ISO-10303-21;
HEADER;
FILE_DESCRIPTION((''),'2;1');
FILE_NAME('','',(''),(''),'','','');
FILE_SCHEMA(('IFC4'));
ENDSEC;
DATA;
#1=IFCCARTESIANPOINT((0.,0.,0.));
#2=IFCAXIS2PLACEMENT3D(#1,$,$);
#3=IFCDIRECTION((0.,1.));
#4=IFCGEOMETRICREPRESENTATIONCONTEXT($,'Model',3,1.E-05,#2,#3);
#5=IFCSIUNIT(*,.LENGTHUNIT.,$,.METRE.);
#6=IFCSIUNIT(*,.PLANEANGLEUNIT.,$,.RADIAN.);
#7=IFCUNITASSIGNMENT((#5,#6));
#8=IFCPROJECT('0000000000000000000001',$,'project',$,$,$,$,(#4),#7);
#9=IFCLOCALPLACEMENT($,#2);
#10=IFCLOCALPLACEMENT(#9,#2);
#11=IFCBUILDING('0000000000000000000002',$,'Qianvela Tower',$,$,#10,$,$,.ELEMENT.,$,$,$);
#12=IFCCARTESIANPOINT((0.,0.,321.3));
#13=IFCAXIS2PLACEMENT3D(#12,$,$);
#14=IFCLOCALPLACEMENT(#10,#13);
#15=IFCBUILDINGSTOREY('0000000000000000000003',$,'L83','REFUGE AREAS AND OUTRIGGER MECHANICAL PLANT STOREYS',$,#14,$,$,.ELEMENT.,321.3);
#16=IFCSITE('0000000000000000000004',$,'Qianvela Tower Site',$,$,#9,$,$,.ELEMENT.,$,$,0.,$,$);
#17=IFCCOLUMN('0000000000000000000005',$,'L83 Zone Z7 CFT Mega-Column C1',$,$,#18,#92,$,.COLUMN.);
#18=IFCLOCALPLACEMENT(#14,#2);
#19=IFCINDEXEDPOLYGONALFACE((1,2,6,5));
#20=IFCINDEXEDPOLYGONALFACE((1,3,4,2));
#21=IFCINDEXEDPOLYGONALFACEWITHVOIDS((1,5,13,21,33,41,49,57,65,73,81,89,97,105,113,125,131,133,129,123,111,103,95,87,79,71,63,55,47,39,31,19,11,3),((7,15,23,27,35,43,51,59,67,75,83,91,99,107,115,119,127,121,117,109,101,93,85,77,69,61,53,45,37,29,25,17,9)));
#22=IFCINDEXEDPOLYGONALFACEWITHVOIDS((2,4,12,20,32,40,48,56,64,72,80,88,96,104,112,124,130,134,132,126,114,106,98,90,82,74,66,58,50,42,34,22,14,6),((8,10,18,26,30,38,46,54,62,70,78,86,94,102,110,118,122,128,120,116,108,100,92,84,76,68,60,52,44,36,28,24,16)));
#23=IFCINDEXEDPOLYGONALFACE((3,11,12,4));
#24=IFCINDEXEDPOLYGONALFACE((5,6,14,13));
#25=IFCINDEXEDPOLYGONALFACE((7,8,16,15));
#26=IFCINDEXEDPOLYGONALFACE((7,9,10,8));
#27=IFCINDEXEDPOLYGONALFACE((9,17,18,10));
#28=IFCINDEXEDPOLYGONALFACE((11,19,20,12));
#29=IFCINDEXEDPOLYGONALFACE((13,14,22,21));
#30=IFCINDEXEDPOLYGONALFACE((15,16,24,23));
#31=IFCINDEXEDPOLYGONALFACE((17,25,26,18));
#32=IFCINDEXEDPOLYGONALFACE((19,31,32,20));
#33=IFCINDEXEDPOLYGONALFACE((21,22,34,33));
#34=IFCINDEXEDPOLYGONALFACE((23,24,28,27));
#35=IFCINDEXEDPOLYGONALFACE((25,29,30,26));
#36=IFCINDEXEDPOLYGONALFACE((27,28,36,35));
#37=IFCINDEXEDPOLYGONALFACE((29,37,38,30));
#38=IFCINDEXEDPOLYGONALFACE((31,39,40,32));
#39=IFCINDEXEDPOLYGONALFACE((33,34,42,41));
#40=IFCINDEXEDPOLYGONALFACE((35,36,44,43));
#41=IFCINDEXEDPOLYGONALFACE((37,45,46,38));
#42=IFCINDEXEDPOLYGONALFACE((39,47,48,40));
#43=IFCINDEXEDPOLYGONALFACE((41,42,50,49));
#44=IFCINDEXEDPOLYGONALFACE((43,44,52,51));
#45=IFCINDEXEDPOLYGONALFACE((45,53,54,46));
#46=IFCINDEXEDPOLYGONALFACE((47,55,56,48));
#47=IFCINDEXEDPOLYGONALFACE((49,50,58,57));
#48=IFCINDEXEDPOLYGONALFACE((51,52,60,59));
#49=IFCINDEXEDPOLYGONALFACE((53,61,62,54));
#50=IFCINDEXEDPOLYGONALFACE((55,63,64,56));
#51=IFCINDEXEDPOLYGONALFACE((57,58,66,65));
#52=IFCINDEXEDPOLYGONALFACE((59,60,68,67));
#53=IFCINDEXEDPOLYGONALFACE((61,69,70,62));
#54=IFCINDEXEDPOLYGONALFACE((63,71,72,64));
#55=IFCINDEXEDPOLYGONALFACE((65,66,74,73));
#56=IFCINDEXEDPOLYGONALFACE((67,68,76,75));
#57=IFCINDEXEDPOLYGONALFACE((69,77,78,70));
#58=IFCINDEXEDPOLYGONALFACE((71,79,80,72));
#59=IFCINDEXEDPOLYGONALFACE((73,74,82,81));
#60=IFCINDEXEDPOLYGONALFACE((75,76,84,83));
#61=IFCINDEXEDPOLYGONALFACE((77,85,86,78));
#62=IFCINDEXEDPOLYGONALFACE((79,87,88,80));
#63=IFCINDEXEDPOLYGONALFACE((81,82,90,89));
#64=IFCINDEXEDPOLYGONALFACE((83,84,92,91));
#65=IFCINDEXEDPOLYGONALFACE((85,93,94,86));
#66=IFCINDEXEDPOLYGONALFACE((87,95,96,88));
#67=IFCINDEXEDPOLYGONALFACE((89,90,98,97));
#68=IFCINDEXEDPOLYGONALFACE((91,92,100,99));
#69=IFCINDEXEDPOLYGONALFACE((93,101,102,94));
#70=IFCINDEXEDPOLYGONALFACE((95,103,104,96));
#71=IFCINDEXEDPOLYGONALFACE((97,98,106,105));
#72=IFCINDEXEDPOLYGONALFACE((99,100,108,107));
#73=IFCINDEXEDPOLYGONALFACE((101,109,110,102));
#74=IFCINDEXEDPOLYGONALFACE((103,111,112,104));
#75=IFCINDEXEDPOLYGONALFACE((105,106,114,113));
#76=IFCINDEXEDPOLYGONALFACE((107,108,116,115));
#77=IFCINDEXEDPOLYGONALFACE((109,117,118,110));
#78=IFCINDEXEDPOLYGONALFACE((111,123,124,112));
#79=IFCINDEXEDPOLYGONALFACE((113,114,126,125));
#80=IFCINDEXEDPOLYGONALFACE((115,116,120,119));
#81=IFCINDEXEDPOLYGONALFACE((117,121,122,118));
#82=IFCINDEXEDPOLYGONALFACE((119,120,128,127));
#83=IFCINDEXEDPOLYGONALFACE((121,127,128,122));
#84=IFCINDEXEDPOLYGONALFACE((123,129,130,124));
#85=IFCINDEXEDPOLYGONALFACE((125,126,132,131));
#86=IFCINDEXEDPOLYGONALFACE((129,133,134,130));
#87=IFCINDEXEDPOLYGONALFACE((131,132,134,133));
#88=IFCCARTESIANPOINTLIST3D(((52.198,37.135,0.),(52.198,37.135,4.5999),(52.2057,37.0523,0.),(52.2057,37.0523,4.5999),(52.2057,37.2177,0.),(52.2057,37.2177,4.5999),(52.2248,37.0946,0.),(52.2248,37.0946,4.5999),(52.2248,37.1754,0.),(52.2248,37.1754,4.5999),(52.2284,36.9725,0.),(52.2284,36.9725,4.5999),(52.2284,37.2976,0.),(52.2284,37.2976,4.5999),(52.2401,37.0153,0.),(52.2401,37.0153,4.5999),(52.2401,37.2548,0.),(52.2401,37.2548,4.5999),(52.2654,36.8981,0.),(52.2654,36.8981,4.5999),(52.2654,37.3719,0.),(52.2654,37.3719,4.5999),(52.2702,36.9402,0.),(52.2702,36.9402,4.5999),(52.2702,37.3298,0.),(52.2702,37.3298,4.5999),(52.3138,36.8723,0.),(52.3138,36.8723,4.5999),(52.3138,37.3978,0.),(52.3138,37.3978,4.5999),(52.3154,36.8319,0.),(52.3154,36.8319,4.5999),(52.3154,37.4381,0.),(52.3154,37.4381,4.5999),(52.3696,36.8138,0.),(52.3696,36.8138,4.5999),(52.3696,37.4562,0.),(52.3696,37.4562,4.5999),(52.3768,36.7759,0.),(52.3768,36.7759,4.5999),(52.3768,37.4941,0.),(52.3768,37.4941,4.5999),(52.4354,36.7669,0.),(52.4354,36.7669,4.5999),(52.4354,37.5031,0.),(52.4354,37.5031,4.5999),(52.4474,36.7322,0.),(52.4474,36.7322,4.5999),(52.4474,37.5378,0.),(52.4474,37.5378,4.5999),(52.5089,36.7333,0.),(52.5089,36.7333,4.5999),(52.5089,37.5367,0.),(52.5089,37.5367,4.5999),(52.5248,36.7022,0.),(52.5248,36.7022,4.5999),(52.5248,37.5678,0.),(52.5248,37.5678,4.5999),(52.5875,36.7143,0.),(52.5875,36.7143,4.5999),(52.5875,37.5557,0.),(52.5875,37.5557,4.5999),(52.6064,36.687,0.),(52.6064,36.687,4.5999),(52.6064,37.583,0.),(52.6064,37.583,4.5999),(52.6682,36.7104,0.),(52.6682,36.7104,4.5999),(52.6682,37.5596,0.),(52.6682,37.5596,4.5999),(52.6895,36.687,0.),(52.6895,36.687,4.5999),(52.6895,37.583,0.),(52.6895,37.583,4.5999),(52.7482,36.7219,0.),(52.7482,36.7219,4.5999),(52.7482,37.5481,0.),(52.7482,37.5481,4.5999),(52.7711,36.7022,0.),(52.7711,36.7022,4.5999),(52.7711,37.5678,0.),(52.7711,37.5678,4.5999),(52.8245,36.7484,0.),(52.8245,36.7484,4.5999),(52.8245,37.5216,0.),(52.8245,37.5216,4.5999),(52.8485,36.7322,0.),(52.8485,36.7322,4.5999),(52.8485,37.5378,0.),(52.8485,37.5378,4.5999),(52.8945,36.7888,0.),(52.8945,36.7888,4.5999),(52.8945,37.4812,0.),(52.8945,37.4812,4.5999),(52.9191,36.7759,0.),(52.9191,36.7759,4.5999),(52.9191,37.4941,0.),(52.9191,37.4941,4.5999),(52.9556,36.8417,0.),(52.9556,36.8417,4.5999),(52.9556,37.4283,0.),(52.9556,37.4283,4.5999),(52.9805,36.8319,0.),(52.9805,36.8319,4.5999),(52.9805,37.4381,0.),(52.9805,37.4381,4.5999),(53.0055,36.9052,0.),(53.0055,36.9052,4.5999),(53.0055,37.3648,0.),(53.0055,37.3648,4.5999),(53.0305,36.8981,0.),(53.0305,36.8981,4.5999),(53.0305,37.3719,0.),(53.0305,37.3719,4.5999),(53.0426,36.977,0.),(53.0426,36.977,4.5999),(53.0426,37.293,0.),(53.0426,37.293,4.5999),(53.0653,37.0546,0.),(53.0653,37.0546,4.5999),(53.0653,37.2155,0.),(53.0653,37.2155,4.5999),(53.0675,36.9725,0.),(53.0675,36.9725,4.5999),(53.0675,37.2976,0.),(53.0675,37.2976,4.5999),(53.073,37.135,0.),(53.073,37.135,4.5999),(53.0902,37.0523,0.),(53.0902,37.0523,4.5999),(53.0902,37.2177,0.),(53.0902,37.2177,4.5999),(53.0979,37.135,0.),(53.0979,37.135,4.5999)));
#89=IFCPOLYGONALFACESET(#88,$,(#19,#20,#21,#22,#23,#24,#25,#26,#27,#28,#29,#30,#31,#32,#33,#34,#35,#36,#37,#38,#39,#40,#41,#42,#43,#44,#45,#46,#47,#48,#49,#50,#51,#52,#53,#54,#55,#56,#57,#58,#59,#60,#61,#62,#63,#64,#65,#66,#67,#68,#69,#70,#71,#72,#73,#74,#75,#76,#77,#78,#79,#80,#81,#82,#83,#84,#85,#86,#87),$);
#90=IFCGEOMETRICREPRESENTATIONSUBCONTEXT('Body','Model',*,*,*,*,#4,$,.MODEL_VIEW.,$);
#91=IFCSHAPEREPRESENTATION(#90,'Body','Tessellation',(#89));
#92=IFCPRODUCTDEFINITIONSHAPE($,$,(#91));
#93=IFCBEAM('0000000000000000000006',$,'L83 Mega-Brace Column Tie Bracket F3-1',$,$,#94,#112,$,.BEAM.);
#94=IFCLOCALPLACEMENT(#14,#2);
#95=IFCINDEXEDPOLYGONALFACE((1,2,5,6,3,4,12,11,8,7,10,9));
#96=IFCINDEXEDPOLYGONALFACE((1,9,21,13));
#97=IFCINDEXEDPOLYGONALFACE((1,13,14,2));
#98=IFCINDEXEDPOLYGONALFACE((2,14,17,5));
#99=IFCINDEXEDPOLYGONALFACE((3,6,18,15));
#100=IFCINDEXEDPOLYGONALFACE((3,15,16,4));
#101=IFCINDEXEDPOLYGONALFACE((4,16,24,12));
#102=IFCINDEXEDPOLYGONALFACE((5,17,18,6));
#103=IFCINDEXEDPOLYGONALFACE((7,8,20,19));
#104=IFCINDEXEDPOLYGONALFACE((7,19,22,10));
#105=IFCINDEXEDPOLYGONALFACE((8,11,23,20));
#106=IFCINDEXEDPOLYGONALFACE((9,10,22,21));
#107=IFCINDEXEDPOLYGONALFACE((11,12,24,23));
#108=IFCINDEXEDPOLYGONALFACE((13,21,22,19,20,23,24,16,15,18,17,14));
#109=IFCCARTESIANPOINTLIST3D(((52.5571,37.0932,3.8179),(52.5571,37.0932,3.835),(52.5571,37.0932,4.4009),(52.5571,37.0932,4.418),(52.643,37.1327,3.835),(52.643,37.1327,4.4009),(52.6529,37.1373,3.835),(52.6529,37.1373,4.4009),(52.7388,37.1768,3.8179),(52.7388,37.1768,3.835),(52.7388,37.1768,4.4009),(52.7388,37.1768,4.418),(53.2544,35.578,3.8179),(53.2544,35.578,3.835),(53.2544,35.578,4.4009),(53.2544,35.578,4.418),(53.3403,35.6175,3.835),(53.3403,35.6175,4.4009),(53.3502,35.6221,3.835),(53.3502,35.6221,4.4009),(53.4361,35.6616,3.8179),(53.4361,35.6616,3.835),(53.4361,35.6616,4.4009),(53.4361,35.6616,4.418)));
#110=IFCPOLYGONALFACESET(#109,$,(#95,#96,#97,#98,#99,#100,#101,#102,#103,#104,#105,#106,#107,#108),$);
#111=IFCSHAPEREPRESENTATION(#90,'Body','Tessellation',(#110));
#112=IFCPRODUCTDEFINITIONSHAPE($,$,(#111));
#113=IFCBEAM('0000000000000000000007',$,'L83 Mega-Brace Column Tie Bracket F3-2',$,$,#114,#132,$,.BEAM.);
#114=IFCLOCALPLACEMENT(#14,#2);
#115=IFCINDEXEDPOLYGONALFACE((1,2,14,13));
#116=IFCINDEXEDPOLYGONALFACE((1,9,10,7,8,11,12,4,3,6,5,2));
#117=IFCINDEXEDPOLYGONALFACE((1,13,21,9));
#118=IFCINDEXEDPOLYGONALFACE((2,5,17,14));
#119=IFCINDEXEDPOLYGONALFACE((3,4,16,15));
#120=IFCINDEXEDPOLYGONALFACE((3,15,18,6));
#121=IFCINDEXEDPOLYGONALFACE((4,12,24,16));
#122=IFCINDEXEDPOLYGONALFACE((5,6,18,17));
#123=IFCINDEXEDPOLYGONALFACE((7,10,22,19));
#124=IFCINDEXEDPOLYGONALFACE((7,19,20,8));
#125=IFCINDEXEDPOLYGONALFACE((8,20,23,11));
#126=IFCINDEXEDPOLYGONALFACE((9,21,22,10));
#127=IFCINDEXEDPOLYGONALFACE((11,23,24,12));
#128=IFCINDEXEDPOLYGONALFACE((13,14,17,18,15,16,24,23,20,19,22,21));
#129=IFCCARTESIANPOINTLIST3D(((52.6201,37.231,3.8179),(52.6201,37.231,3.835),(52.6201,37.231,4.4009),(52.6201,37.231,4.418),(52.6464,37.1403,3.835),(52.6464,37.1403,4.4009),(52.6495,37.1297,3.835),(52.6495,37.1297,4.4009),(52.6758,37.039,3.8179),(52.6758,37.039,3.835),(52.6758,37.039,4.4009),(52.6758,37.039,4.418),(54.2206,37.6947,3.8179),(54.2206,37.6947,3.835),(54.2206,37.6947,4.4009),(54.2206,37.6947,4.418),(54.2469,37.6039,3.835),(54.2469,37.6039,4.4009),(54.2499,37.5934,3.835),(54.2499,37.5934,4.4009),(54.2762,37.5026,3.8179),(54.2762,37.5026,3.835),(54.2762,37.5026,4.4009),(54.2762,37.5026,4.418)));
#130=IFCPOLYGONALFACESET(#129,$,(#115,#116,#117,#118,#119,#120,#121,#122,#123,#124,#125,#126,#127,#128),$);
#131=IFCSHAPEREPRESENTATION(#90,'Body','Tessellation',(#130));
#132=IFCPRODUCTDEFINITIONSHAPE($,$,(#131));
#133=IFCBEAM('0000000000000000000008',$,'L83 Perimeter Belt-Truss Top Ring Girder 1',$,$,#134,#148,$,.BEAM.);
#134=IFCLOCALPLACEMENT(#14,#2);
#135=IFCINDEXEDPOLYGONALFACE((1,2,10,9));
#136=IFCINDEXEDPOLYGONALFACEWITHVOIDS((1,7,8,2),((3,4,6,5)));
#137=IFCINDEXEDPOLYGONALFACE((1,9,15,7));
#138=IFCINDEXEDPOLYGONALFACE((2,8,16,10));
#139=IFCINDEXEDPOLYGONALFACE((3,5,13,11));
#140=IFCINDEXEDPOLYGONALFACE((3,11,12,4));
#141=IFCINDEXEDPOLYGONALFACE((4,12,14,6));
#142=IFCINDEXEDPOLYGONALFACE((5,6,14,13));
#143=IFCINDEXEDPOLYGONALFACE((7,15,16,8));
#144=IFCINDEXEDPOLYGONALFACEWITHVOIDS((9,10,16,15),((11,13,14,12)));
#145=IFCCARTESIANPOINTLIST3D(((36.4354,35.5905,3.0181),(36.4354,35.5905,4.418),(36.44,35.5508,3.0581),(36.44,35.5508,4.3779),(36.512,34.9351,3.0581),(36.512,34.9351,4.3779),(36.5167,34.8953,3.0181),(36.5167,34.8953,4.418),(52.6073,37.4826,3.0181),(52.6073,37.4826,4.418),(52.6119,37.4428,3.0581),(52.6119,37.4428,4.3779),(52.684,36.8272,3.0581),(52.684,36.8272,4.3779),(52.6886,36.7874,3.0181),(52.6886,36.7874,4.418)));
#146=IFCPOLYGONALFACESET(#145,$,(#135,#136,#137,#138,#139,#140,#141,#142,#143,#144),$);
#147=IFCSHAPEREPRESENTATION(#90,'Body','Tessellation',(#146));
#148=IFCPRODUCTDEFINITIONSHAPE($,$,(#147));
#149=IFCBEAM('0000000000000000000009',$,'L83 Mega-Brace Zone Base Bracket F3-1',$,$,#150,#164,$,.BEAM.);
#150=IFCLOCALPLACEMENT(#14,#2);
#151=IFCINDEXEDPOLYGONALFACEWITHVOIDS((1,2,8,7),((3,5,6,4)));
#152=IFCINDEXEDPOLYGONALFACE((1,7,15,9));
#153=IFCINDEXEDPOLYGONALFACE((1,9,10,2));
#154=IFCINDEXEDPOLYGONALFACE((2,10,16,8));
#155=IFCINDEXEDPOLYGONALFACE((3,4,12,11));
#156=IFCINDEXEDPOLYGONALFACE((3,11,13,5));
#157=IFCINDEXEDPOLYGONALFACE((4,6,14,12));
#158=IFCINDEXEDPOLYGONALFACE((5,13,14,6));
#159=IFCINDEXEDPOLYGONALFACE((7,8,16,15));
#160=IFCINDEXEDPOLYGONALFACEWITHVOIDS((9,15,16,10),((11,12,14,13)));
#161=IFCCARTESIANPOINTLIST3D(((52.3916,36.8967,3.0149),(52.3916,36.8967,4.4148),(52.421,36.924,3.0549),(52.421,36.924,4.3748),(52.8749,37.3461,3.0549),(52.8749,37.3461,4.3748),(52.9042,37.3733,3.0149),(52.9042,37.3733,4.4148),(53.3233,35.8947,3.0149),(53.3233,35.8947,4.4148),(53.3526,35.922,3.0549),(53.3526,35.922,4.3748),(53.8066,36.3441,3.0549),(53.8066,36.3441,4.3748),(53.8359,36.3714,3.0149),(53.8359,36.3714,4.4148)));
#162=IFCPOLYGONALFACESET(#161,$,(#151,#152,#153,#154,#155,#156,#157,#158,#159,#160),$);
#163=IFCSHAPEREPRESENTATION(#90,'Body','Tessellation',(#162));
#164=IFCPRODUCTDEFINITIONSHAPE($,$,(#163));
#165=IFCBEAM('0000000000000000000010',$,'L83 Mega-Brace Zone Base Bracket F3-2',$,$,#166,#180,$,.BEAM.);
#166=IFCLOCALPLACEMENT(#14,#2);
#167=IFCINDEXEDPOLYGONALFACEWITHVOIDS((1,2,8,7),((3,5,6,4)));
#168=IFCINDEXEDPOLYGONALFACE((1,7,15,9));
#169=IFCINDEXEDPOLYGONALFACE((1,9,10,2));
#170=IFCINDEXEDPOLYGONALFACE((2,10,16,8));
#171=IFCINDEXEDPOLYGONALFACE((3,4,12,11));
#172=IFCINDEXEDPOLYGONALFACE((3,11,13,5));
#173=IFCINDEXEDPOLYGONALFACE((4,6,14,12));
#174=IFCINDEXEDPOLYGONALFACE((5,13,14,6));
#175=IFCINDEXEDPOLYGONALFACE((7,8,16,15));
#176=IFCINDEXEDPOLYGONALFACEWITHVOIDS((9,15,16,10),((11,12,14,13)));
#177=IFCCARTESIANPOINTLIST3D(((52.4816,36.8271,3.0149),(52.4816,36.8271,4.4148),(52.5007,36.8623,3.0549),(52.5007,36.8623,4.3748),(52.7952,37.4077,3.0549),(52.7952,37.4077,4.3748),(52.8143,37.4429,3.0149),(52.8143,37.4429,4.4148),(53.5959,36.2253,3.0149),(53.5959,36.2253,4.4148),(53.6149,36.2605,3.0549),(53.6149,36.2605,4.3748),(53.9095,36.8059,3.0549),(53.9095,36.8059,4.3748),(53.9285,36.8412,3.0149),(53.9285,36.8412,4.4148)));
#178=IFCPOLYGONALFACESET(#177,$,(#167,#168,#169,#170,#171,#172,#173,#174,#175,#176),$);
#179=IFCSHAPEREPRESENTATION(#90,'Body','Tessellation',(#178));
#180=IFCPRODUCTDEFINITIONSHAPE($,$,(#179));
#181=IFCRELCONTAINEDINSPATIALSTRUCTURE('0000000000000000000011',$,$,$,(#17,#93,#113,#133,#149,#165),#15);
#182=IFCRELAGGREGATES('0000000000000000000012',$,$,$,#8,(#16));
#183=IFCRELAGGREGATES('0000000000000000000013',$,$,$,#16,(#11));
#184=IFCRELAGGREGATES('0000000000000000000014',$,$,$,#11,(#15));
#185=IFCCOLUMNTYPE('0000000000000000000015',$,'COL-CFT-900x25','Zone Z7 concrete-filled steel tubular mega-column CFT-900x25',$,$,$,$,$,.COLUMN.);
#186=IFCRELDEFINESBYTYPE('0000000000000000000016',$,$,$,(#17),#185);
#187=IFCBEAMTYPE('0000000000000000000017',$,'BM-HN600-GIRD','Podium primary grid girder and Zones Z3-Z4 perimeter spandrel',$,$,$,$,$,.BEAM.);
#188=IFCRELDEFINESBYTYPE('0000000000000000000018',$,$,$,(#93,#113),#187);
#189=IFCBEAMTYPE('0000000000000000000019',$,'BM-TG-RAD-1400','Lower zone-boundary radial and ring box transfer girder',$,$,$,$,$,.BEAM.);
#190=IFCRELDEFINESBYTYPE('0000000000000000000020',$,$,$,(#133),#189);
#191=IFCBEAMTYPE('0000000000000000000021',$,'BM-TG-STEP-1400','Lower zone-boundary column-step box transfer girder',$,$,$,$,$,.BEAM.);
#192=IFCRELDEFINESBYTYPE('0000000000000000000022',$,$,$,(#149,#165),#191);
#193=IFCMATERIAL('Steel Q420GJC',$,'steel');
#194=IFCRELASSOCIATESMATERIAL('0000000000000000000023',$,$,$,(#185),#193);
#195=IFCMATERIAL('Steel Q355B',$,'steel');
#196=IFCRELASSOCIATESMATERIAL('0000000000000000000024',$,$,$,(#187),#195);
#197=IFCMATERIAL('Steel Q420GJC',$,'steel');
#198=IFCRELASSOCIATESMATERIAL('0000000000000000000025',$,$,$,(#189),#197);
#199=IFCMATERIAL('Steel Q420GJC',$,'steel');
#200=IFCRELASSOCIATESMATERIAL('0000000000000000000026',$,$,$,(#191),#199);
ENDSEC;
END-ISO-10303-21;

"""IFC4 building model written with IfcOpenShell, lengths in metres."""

from ifc_helpers import new_model, si_unit, direction, frame, origin, origin_2d, place, context, subcontext, project, spatial, hollow_rectangle, hollow_circle, i_section, extrude, material, material_profile, profile_set, type_object, element, save


model = new_model("IFC4")

# Units and contexts
model_context = context("Model", 3, precision=1e-05, world=origin(), true_north=direction((0.0, 1.0)))
body_context = subcontext(model_context, "Body", "Model", "MODEL_VIEW")
ifc_project = project(units=[si_unit("LENGTHUNIT", "METRE"), si_unit("PLANEANGLEUNIT", "RADIAN")], contexts=[model_context])

# Site, building, storey
site_placement = place(None, origin())
site = spatial("IfcSite", under=ifc_project, at=site_placement, Name="Qianvela Tower Site", CompositionType="ELEMENT", RefElevation=0.0)
building_placement = place(site_placement, origin())
building = spatial("IfcBuilding", under=site, at=building_placement, Name="Qianvela Tower", CompositionType="ELEMENT")
storey_placement = place(building_placement, frame((0.0, 0.0, 321.3)))
storey = spatial("IfcBuildingStorey", under=building, at=storey_placement, Name="L83", Description="REFUGE AREAS AND OUTRIGGER MECHANICAL PLANT STOREYS", CompositionType="ELEMENT", Elevation=321.3)

# Column
ifc_material_1 = material(Name="Steel Q420GJC", Category="steel")
ifc_material_profile_1 = material_profile(ifc_material_1, hollow_circle(Radius=0.45, WallThickness=0.0249, at=origin_2d()), Name="CFT-900x25")
ifc_profile_set_1 = profile_set([ifc_material_profile_1], Name="Steel Q420GJC")
column_type = type_object("IfcColumnType", Name="COL-CFT-900x25", Description="Zone Z7 concrete-filled steel tubular mega-column CFT-900x25", PredefinedType="COLUMN", material=ifc_profile_set_1)
column_placement = place(storey_placement, frame((52.6479, 37.135, 0.0), z_axis=(0.0, 0.0, 1.0), x_axis=(1.0, 0.0, 0.0)))
element("IfcColumn", 1, at=column_placement, inside=storey, type_object=column_type, Name="L83 Zone Z7 CFT Mega-Column C1", PredefinedType="COLUMN", context=body_context, shape_type="SweptSolid", body=[
    extrude(hollow_circle(Radius=0.45, WallThickness=0.0249, at=origin_2d()), origin(), (0.0, 0.0, 1.0), 4.5999),
])

# Beams
ifc_material_2 = material(Name="Steel Q355B", Category="steel")
ifc_material_profile_2 = material_profile(ifc_material_2, i_section(OverallWidth=0.2, OverallDepth=0.6001, WebThickness=0.011, FlangeThickness=0.0171, at=origin_2d()), Name="HN600x200x11x17")
ifc_profile_set_2 = profile_set([ifc_material_profile_2], Name="Steel Q355B")
beam_type_1 = type_object("IfcBeamType", Name="BM-HN600-GIRD", Description="Podium primary grid girder and Zones Z3-Z4 perimeter spandrel", PredefinedType="BEAM", material=ifc_profile_set_2)
beam_1_placement = place(storey_placement, frame((52.6479, 37.135, 4.1179), z_axis=(0.418055, -0.908422, 0.0), x_axis=(0.908422, 0.418055, 0.0)))
element("IfcBeam", 2, at=beam_1_placement, inside=storey, type_object=beam_type_1, Name="L83 Mega-Brace Column Tie Bracket F3-1", PredefinedType="BEAM", context=body_context, shape_type="SweptSolid", body=[
    extrude(i_section(OverallWidth=0.2, OverallDepth=0.6001, WebThickness=0.011, FlangeThickness=0.0171, at=origin_2d()), origin(), (0.0, 0.0, 1.0), 1.668),
])
beam_2_placement = place(storey_placement, frame((52.6479, 37.135, 4.1179), z_axis=(0.960506, 0.278261, 0.0), x_axis=(-0.278261, 0.960506, 0.0)))
element("IfcBeam", 3, at=beam_2_placement, inside=storey, type_object=beam_type_1, Name="L83 Mega-Brace Column Tie Bracket F3-2", PredefinedType="BEAM", context=body_context, shape_type="SweptSolid", body=[
    extrude(i_section(OverallWidth=0.2, OverallDepth=0.6001, WebThickness=0.011, FlangeThickness=0.0171, at=origin_2d()), origin(), (0.0, 0.0, 1.0), 1.6663),
])
ifc_material_3 = material(Name="Steel Q420GJC", Category="steel")
ifc_material_profile_3 = material_profile(ifc_material_3, hollow_rectangle(XDim=0.7, YDim=1.3999, WallThickness=0.04, at=origin_2d()), Name="TG-BOX-1400x700x40")
ifc_profile_set_3 = profile_set([ifc_material_profile_3], Name="Steel Q420GJC")
beam_type_2 = type_object("IfcBeamType", Name="BM-TG-RAD-1400", Description="Lower zone-boundary radial and ring box transfer girder", PredefinedType="BEAM", material=ifc_profile_set_3)
beam_3_placement = place(storey_placement, frame((52.6479, 37.135, 3.718), z_axis=(-0.993225, -0.116206, 0.0), x_axis=(0.116206, -0.993225, 0.0)))
element("IfcBeam", 4, at=beam_3_placement, inside=storey, type_object=beam_type_2, Name="L83 Perimeter Belt-Truss Top Ring Girder 1", PredefinedType="BEAM", context=body_context, shape_type="SweptSolid", body=[
    extrude(hollow_rectangle(XDim=0.7, YDim=1.3999, WallThickness=0.04, at=origin_2d()), origin(), (0.0, 0.0, 1.0), 16.2822),
])
ifc_material_4 = material(Name="Steel Q420GJC", Category="steel")
ifc_material_profile_4 = material_profile(ifc_material_4, hollow_rectangle(XDim=0.7, YDim=1.3999, WallThickness=0.04, at=origin_2d()), Name="TG-BOX-1400x700x40")
ifc_profile_set_4 = profile_set([ifc_material_profile_4], Name="Steel Q420GJC")
beam_type_3 = type_object("IfcBeamType", Name="BM-TG-STEP-1400", Description="Lower zone-boundary column-step box transfer girder", PredefinedType="BEAM", material=ifc_profile_set_4)
beam_4_placement = place(storey_placement, frame((52.6479, 37.135, 3.7148), z_axis=(0.680944, -0.732336, 0.0), x_axis=(0.732336, 0.680944, 0.0)))
element("IfcBeam", 5, at=beam_4_placement, inside=storey, type_object=beam_type_3, Name="L83 Mega-Brace Zone Base Bracket F3-1", PredefinedType="BEAM", context=body_context, shape_type="SweptSolid", body=[
    extrude(hollow_rectangle(XDim=0.7, YDim=1.3999, WallThickness=0.04, at=origin_2d()), origin(), (0.0, 0.0, 1.0), 1.3682),
])
beam_5_placement = place(storey_placement, frame((52.6479, 37.135, 3.7148), z_axis=(0.87987, -0.475215, 0.0), x_axis=(0.475215, 0.87987, 0.0)))
element("IfcBeam", 6, at=beam_5_placement, inside=storey, type_object=beam_type_3, Name="L83 Mega-Brace Zone Base Bracket F3-2", PredefinedType="BEAM", context=body_context, shape_type="SweptSolid", body=[
    extrude(hollow_rectangle(XDim=0.7, YDim=1.3999, WallThickness=0.04, at=origin_2d()), origin(), (0.0, 0.0, 1.0), 1.2664),
])

save(model, "model.ifc")
